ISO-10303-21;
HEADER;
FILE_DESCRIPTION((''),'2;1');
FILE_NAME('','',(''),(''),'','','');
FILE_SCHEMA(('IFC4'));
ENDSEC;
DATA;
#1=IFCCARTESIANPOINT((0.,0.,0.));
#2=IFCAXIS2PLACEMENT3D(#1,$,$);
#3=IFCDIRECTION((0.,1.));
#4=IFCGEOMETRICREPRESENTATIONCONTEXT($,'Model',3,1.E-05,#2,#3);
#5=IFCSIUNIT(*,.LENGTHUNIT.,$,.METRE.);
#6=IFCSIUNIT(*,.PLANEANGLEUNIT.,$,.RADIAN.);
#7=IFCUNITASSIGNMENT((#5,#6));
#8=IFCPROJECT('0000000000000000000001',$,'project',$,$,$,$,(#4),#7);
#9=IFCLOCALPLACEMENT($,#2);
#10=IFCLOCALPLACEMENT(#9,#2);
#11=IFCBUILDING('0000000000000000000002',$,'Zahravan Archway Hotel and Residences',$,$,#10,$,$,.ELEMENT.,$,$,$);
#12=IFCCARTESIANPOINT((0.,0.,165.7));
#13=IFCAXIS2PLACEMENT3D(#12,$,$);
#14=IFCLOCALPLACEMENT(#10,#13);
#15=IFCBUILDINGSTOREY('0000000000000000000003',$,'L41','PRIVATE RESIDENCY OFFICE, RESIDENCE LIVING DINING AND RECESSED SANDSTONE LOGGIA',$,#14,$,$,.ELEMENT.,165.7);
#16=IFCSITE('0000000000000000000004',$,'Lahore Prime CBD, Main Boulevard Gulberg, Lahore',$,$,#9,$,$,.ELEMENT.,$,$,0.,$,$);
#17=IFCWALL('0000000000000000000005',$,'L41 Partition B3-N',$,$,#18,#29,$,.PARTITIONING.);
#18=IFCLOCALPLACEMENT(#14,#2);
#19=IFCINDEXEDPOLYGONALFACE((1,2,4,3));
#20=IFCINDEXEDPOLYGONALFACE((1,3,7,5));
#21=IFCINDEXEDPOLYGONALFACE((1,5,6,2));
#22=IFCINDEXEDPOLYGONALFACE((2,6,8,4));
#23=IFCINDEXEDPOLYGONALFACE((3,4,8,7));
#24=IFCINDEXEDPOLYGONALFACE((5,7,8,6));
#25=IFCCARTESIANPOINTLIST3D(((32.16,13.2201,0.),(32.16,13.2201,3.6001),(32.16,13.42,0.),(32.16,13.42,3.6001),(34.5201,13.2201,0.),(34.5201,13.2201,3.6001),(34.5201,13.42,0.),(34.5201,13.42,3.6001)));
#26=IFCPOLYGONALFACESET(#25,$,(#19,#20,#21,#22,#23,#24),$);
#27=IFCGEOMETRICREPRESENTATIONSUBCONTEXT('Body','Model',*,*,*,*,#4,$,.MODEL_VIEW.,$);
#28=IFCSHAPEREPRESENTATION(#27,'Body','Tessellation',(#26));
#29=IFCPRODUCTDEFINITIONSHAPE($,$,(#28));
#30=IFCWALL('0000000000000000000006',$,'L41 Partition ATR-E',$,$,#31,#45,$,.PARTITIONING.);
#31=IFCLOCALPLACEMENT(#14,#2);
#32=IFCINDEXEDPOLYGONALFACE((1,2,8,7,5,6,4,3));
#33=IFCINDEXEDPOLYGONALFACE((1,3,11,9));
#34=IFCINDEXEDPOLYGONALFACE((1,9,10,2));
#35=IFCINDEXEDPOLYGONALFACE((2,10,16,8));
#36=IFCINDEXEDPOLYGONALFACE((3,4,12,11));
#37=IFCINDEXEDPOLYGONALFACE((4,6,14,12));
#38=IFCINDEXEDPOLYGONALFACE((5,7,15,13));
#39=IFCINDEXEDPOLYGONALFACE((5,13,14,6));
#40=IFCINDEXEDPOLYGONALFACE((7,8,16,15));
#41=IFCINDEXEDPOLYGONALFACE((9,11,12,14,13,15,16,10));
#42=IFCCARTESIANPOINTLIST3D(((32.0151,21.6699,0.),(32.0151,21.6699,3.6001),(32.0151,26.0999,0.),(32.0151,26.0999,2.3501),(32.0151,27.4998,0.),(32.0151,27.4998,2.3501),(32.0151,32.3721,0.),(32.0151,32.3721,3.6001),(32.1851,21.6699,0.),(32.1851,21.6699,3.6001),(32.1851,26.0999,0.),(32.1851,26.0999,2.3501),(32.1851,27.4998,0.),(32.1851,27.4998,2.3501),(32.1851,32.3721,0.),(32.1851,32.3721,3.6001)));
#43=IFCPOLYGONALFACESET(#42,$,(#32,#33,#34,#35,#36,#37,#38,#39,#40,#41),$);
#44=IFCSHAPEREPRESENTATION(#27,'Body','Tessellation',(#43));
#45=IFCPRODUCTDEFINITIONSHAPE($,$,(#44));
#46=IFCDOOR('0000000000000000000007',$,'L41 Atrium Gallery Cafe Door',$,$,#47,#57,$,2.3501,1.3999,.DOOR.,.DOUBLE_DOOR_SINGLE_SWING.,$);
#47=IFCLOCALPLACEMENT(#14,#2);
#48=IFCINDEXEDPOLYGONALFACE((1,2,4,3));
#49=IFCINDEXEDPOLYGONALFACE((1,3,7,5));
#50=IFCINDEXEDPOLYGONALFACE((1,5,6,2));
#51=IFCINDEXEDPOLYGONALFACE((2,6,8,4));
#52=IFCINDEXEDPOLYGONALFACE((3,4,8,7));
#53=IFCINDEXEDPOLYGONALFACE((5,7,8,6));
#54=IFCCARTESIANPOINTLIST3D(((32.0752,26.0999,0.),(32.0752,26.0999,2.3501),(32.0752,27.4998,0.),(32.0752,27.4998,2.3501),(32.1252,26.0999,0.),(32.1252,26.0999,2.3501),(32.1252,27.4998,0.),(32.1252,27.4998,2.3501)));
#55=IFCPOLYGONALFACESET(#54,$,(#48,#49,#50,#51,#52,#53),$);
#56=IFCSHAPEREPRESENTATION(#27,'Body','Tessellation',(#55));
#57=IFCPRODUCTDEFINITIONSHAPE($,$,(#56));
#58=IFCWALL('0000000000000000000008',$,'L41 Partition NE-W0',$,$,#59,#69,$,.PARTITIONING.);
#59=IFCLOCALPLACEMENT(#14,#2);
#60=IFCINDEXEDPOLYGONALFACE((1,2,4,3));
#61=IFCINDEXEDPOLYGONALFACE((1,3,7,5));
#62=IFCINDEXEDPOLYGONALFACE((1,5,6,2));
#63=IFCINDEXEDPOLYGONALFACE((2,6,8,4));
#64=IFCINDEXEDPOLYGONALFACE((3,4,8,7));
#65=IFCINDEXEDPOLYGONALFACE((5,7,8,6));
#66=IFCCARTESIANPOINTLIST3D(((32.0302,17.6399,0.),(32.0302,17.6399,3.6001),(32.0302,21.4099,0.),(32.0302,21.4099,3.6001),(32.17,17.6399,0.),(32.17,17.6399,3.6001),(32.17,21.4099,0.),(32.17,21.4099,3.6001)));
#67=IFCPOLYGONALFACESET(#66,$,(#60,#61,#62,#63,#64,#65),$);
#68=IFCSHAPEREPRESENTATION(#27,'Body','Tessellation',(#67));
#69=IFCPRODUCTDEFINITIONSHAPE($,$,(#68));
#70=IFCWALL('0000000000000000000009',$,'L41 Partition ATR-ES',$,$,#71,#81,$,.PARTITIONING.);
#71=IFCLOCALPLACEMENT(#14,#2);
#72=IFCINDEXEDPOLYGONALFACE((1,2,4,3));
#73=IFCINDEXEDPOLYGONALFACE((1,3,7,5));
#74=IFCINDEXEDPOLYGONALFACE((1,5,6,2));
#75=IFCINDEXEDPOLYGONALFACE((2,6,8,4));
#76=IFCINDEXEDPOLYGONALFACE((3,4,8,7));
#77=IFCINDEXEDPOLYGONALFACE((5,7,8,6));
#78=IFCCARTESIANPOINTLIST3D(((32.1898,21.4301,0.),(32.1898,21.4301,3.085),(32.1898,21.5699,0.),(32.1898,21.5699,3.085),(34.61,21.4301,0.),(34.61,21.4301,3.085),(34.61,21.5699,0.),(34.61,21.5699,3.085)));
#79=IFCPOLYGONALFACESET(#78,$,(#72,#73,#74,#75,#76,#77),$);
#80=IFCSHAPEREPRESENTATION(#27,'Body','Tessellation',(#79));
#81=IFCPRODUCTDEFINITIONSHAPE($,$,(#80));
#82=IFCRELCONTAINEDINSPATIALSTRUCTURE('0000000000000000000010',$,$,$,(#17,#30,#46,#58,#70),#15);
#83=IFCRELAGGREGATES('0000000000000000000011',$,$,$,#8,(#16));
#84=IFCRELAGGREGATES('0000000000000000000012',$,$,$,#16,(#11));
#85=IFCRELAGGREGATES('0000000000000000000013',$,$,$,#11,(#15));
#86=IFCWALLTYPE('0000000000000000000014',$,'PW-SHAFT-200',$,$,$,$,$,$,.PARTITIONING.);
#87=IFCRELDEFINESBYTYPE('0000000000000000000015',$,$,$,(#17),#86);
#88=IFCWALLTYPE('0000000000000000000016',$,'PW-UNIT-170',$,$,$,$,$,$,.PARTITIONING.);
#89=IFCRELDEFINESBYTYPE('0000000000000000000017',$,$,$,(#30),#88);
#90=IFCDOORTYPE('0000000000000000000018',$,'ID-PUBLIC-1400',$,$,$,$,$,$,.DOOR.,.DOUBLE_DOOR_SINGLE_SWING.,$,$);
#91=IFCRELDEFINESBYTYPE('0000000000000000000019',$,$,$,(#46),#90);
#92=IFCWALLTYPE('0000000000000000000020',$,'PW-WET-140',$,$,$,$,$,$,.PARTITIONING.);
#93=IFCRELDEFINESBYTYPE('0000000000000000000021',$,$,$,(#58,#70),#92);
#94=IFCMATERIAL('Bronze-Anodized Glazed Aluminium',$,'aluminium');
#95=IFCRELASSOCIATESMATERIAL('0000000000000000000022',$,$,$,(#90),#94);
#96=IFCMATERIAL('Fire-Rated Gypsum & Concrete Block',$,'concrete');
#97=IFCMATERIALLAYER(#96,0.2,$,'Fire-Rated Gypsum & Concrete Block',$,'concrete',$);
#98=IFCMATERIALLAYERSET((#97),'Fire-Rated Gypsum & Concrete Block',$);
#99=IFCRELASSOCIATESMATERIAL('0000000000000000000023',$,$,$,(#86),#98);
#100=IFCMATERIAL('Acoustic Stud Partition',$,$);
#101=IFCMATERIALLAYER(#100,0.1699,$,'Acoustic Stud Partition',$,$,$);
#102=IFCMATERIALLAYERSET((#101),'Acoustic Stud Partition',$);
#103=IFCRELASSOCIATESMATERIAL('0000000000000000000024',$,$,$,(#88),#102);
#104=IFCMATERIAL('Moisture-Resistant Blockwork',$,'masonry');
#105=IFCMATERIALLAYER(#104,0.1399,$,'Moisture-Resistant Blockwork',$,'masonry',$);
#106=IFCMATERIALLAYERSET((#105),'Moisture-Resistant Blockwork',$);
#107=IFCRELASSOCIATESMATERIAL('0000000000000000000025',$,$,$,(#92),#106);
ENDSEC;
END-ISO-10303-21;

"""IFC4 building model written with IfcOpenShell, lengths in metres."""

from ifc_helpers import new_model, si_unit, direction, frame, frame_2d, origin, place, context, subcontext, project, spatial, rectangle, extrude, source, transform, mapped, material, layer, layer_set, type_object, type_shapes, element, fill, save


model = new_model("IFC4")

# Units and contexts
model_context = context("Model", 3, precision=1e-05, world=origin(), true_north=direction((0.0, 1.0)))
body_context = subcontext(model_context, "Body", "Model", "MODEL_VIEW")
ifc_project = project(units=[si_unit("LENGTHUNIT", "METRE"), si_unit("PLANEANGLEUNIT", "RADIAN")], contexts=[model_context])

# Site, building, storey
site_placement = place(None, origin())
site = spatial("IfcSite", under=ifc_project, at=site_placement, Name="Lahore Prime CBD, Main Boulevard Gulberg, Lahore", CompositionType="ELEMENT", RefElevation=0.0)
building_placement = place(site_placement, origin())
building = spatial("IfcBuilding", under=site, at=building_placement, Name="Zahravan Archway Hotel and Residences", CompositionType="ELEMENT")
storey_placement = place(building_placement, frame((0.0, 0.0, 165.7)))
storey = spatial("IfcBuildingStorey", under=building, at=storey_placement, Name="L41", Description="PRIVATE RESIDENCY OFFICE, RESIDENCE LIVING DINING AND RECESSED SANDSTONE LOGGIA", CompositionType="ELEMENT", Elevation=165.7)

# Shared definitions
ifc_material_1 = material(Name="Fire-Rated Gypsum & Concrete Block", Category="concrete")
ifc_material_2 = material(Name="Bronze-Anodized Glazed Aluminium", Category="aluminium")
door_type_1 = type_object("IfcDoorType", Name="ID-PUBLIC-1400", OperationType="DOUBLE_DOOR_SINGLE_SWING", PredefinedType="DOOR", material=ifc_material_2)
shared_shape_1 = source(origin(), body_context, "Body", "SweptSolid", [
    extrude(rectangle(XDim=1.3999, YDim=2.3501, at=frame_2d((0.7, 1.175))), frame((0.0, 0.0249, 0.0), z_axis=(0.0, -1.0, 0.0), x_axis=(1.0, 0.0, 0.0)), (0.0, 0.0, 1.0), 0.05),
])
type_shapes(door_type_1, [shared_shape_1])

# Wall
ifc_layer_1 = layer(ifc_material_1, 0.2, Name="Fire-Rated Gypsum & Concrete Block", Category="concrete")
ifc_layer_set_1 = layer_set([ifc_layer_1], Name="Fire-Rated Gypsum & Concrete Block")
wall_type_1 = type_object("IfcWallType", Name="PW-SHAFT-200", PredefinedType="PARTITIONING", material=ifc_layer_set_1)
wall_1_placement = place(storey_placement, frame((32.1599, 13.3201, 0.0), z_axis=(0.0, 0.0, 1.0), x_axis=(1.0, 0.0, 0.0)))
element("IfcWall", 1, at=wall_1_placement, inside=storey, type_object=wall_type_1, Name="L41 Partition B3-N", PredefinedType="PARTITIONING", context=body_context, shape_type="SweptSolid", body=[
    extrude(rectangle(XDim=2.3601, YDim=0.2, at=frame_2d((1.1802, 0.0))), origin(), (0.0, 0.0, 1.0), 3.6001),
])

# Wall, opening, door
ifc_material_3 = material(Name="Acoustic Stud Partition")
ifc_layer_2 = layer(ifc_material_3, 0.1699, Name="Acoustic Stud Partition")
ifc_layer_set_2 = layer_set([ifc_layer_2], Name="Acoustic Stud Partition")
wall_type_2 = type_object("IfcWallType", Name="PW-UNIT-170", PredefinedType="PARTITIONING", material=ifc_layer_set_2)
wall_2_placement = place(storey_placement, frame((32.1001, 21.6699, 0.0), z_axis=(0.0, 0.0, 1.0), x_axis=(0.0, 1.0, 0.0)))
wall_2 = element("IfcWall", 2, at=wall_2_placement, inside=storey, type_object=wall_type_2, Name="L41 Partition ATR-E", PredefinedType="PARTITIONING", context=body_context, shape_type="SweptSolid", body=[
    extrude(rectangle(XDim=10.7021, YDim=0.1699, at=frame_2d((5.3511, 0.0))), origin(), (0.0, 0.0, 1.0), 3.6001),
])
opening_1_placement = place(wall_2_placement, frame((4.4299, 0.0, 0.0)))
opening_1 = element("IfcOpeningElement", 3, at=opening_1_placement, cuts=wall_2, PredefinedType="OPENING", context=body_context, shape_type="SweptSolid", body=[
    extrude(rectangle(XDim=1.3999, YDim=2.3501, at=frame_2d((0.7, 1.175))), frame((0.0, 0.095, 0.0), z_axis=(0.0, -1.0, 0.0), x_axis=(1.0, 0.0, 0.0)), (0.0, 0.0, 1.0), 0.1899),
])
door_1_placement = place(opening_1_placement, origin())
door_1 = element("IfcDoor", 4, at=door_1_placement, inside=storey, type_object=door_type_1, Name="L41 Atrium Gallery Cafe Door", OperationType="DOUBLE_DOOR_SINGLE_SWING", OverallHeight=2.3501, OverallWidth=1.3999, PredefinedType="DOOR", context=body_context, shape_type="MappedRepresentation", body=[
    mapped(shared_shape_1, transform((0.0, 0.0, 0.0), scale=1.0)),
])
fill(opening_1, door_1)

# Walls
ifc_material_4 = material(Name="Moisture-Resistant Blockwork", Category="masonry")
ifc_layer_3 = layer(ifc_material_4, 0.1399, Name="Moisture-Resistant Blockwork", Category="masonry")
ifc_layer_set_3 = layer_set([ifc_layer_3], Name="Moisture-Resistant Blockwork")
wall_type_3 = type_object("IfcWallType", Name="PW-WET-140", PredefinedType="PARTITIONING", material=ifc_layer_set_3)
wall_3_placement = place(storey_placement, frame((32.1001, 17.6399, 0.0), z_axis=(0.0, 0.0, 1.0), x_axis=(0.0, 1.0, 0.0)))
element("IfcWall", 5, at=wall_3_placement, inside=storey, type_object=wall_type_3, Name="L41 Partition NE-W0", PredefinedType="PARTITIONING", context=body_context, shape_type="SweptSolid", body=[
    extrude(rectangle(XDim=3.77, YDim=0.1399, at=frame_2d((1.885, 0.0))), origin(), (0.0, 0.0, 1.0), 3.6001),
])
wall_4_placement = place(storey_placement, frame((32.1899, 21.5, 0.0), z_axis=(0.0, 0.0, 1.0), x_axis=(1.0, 0.0, 0.0)))
element("IfcWall", 6, at=wall_4_placement, inside=storey, type_object=wall_type_3, Name="L41 Partition ATR-ES", PredefinedType="PARTITIONING", context=body_context, shape_type="SweptSolid", body=[
    extrude(rectangle(XDim=2.4202, YDim=0.1399, at=frame_2d((1.21, 0.0))), origin(), (0.0, 0.0, 1.0), 3.085),
])

save(model, "model.ifc")
